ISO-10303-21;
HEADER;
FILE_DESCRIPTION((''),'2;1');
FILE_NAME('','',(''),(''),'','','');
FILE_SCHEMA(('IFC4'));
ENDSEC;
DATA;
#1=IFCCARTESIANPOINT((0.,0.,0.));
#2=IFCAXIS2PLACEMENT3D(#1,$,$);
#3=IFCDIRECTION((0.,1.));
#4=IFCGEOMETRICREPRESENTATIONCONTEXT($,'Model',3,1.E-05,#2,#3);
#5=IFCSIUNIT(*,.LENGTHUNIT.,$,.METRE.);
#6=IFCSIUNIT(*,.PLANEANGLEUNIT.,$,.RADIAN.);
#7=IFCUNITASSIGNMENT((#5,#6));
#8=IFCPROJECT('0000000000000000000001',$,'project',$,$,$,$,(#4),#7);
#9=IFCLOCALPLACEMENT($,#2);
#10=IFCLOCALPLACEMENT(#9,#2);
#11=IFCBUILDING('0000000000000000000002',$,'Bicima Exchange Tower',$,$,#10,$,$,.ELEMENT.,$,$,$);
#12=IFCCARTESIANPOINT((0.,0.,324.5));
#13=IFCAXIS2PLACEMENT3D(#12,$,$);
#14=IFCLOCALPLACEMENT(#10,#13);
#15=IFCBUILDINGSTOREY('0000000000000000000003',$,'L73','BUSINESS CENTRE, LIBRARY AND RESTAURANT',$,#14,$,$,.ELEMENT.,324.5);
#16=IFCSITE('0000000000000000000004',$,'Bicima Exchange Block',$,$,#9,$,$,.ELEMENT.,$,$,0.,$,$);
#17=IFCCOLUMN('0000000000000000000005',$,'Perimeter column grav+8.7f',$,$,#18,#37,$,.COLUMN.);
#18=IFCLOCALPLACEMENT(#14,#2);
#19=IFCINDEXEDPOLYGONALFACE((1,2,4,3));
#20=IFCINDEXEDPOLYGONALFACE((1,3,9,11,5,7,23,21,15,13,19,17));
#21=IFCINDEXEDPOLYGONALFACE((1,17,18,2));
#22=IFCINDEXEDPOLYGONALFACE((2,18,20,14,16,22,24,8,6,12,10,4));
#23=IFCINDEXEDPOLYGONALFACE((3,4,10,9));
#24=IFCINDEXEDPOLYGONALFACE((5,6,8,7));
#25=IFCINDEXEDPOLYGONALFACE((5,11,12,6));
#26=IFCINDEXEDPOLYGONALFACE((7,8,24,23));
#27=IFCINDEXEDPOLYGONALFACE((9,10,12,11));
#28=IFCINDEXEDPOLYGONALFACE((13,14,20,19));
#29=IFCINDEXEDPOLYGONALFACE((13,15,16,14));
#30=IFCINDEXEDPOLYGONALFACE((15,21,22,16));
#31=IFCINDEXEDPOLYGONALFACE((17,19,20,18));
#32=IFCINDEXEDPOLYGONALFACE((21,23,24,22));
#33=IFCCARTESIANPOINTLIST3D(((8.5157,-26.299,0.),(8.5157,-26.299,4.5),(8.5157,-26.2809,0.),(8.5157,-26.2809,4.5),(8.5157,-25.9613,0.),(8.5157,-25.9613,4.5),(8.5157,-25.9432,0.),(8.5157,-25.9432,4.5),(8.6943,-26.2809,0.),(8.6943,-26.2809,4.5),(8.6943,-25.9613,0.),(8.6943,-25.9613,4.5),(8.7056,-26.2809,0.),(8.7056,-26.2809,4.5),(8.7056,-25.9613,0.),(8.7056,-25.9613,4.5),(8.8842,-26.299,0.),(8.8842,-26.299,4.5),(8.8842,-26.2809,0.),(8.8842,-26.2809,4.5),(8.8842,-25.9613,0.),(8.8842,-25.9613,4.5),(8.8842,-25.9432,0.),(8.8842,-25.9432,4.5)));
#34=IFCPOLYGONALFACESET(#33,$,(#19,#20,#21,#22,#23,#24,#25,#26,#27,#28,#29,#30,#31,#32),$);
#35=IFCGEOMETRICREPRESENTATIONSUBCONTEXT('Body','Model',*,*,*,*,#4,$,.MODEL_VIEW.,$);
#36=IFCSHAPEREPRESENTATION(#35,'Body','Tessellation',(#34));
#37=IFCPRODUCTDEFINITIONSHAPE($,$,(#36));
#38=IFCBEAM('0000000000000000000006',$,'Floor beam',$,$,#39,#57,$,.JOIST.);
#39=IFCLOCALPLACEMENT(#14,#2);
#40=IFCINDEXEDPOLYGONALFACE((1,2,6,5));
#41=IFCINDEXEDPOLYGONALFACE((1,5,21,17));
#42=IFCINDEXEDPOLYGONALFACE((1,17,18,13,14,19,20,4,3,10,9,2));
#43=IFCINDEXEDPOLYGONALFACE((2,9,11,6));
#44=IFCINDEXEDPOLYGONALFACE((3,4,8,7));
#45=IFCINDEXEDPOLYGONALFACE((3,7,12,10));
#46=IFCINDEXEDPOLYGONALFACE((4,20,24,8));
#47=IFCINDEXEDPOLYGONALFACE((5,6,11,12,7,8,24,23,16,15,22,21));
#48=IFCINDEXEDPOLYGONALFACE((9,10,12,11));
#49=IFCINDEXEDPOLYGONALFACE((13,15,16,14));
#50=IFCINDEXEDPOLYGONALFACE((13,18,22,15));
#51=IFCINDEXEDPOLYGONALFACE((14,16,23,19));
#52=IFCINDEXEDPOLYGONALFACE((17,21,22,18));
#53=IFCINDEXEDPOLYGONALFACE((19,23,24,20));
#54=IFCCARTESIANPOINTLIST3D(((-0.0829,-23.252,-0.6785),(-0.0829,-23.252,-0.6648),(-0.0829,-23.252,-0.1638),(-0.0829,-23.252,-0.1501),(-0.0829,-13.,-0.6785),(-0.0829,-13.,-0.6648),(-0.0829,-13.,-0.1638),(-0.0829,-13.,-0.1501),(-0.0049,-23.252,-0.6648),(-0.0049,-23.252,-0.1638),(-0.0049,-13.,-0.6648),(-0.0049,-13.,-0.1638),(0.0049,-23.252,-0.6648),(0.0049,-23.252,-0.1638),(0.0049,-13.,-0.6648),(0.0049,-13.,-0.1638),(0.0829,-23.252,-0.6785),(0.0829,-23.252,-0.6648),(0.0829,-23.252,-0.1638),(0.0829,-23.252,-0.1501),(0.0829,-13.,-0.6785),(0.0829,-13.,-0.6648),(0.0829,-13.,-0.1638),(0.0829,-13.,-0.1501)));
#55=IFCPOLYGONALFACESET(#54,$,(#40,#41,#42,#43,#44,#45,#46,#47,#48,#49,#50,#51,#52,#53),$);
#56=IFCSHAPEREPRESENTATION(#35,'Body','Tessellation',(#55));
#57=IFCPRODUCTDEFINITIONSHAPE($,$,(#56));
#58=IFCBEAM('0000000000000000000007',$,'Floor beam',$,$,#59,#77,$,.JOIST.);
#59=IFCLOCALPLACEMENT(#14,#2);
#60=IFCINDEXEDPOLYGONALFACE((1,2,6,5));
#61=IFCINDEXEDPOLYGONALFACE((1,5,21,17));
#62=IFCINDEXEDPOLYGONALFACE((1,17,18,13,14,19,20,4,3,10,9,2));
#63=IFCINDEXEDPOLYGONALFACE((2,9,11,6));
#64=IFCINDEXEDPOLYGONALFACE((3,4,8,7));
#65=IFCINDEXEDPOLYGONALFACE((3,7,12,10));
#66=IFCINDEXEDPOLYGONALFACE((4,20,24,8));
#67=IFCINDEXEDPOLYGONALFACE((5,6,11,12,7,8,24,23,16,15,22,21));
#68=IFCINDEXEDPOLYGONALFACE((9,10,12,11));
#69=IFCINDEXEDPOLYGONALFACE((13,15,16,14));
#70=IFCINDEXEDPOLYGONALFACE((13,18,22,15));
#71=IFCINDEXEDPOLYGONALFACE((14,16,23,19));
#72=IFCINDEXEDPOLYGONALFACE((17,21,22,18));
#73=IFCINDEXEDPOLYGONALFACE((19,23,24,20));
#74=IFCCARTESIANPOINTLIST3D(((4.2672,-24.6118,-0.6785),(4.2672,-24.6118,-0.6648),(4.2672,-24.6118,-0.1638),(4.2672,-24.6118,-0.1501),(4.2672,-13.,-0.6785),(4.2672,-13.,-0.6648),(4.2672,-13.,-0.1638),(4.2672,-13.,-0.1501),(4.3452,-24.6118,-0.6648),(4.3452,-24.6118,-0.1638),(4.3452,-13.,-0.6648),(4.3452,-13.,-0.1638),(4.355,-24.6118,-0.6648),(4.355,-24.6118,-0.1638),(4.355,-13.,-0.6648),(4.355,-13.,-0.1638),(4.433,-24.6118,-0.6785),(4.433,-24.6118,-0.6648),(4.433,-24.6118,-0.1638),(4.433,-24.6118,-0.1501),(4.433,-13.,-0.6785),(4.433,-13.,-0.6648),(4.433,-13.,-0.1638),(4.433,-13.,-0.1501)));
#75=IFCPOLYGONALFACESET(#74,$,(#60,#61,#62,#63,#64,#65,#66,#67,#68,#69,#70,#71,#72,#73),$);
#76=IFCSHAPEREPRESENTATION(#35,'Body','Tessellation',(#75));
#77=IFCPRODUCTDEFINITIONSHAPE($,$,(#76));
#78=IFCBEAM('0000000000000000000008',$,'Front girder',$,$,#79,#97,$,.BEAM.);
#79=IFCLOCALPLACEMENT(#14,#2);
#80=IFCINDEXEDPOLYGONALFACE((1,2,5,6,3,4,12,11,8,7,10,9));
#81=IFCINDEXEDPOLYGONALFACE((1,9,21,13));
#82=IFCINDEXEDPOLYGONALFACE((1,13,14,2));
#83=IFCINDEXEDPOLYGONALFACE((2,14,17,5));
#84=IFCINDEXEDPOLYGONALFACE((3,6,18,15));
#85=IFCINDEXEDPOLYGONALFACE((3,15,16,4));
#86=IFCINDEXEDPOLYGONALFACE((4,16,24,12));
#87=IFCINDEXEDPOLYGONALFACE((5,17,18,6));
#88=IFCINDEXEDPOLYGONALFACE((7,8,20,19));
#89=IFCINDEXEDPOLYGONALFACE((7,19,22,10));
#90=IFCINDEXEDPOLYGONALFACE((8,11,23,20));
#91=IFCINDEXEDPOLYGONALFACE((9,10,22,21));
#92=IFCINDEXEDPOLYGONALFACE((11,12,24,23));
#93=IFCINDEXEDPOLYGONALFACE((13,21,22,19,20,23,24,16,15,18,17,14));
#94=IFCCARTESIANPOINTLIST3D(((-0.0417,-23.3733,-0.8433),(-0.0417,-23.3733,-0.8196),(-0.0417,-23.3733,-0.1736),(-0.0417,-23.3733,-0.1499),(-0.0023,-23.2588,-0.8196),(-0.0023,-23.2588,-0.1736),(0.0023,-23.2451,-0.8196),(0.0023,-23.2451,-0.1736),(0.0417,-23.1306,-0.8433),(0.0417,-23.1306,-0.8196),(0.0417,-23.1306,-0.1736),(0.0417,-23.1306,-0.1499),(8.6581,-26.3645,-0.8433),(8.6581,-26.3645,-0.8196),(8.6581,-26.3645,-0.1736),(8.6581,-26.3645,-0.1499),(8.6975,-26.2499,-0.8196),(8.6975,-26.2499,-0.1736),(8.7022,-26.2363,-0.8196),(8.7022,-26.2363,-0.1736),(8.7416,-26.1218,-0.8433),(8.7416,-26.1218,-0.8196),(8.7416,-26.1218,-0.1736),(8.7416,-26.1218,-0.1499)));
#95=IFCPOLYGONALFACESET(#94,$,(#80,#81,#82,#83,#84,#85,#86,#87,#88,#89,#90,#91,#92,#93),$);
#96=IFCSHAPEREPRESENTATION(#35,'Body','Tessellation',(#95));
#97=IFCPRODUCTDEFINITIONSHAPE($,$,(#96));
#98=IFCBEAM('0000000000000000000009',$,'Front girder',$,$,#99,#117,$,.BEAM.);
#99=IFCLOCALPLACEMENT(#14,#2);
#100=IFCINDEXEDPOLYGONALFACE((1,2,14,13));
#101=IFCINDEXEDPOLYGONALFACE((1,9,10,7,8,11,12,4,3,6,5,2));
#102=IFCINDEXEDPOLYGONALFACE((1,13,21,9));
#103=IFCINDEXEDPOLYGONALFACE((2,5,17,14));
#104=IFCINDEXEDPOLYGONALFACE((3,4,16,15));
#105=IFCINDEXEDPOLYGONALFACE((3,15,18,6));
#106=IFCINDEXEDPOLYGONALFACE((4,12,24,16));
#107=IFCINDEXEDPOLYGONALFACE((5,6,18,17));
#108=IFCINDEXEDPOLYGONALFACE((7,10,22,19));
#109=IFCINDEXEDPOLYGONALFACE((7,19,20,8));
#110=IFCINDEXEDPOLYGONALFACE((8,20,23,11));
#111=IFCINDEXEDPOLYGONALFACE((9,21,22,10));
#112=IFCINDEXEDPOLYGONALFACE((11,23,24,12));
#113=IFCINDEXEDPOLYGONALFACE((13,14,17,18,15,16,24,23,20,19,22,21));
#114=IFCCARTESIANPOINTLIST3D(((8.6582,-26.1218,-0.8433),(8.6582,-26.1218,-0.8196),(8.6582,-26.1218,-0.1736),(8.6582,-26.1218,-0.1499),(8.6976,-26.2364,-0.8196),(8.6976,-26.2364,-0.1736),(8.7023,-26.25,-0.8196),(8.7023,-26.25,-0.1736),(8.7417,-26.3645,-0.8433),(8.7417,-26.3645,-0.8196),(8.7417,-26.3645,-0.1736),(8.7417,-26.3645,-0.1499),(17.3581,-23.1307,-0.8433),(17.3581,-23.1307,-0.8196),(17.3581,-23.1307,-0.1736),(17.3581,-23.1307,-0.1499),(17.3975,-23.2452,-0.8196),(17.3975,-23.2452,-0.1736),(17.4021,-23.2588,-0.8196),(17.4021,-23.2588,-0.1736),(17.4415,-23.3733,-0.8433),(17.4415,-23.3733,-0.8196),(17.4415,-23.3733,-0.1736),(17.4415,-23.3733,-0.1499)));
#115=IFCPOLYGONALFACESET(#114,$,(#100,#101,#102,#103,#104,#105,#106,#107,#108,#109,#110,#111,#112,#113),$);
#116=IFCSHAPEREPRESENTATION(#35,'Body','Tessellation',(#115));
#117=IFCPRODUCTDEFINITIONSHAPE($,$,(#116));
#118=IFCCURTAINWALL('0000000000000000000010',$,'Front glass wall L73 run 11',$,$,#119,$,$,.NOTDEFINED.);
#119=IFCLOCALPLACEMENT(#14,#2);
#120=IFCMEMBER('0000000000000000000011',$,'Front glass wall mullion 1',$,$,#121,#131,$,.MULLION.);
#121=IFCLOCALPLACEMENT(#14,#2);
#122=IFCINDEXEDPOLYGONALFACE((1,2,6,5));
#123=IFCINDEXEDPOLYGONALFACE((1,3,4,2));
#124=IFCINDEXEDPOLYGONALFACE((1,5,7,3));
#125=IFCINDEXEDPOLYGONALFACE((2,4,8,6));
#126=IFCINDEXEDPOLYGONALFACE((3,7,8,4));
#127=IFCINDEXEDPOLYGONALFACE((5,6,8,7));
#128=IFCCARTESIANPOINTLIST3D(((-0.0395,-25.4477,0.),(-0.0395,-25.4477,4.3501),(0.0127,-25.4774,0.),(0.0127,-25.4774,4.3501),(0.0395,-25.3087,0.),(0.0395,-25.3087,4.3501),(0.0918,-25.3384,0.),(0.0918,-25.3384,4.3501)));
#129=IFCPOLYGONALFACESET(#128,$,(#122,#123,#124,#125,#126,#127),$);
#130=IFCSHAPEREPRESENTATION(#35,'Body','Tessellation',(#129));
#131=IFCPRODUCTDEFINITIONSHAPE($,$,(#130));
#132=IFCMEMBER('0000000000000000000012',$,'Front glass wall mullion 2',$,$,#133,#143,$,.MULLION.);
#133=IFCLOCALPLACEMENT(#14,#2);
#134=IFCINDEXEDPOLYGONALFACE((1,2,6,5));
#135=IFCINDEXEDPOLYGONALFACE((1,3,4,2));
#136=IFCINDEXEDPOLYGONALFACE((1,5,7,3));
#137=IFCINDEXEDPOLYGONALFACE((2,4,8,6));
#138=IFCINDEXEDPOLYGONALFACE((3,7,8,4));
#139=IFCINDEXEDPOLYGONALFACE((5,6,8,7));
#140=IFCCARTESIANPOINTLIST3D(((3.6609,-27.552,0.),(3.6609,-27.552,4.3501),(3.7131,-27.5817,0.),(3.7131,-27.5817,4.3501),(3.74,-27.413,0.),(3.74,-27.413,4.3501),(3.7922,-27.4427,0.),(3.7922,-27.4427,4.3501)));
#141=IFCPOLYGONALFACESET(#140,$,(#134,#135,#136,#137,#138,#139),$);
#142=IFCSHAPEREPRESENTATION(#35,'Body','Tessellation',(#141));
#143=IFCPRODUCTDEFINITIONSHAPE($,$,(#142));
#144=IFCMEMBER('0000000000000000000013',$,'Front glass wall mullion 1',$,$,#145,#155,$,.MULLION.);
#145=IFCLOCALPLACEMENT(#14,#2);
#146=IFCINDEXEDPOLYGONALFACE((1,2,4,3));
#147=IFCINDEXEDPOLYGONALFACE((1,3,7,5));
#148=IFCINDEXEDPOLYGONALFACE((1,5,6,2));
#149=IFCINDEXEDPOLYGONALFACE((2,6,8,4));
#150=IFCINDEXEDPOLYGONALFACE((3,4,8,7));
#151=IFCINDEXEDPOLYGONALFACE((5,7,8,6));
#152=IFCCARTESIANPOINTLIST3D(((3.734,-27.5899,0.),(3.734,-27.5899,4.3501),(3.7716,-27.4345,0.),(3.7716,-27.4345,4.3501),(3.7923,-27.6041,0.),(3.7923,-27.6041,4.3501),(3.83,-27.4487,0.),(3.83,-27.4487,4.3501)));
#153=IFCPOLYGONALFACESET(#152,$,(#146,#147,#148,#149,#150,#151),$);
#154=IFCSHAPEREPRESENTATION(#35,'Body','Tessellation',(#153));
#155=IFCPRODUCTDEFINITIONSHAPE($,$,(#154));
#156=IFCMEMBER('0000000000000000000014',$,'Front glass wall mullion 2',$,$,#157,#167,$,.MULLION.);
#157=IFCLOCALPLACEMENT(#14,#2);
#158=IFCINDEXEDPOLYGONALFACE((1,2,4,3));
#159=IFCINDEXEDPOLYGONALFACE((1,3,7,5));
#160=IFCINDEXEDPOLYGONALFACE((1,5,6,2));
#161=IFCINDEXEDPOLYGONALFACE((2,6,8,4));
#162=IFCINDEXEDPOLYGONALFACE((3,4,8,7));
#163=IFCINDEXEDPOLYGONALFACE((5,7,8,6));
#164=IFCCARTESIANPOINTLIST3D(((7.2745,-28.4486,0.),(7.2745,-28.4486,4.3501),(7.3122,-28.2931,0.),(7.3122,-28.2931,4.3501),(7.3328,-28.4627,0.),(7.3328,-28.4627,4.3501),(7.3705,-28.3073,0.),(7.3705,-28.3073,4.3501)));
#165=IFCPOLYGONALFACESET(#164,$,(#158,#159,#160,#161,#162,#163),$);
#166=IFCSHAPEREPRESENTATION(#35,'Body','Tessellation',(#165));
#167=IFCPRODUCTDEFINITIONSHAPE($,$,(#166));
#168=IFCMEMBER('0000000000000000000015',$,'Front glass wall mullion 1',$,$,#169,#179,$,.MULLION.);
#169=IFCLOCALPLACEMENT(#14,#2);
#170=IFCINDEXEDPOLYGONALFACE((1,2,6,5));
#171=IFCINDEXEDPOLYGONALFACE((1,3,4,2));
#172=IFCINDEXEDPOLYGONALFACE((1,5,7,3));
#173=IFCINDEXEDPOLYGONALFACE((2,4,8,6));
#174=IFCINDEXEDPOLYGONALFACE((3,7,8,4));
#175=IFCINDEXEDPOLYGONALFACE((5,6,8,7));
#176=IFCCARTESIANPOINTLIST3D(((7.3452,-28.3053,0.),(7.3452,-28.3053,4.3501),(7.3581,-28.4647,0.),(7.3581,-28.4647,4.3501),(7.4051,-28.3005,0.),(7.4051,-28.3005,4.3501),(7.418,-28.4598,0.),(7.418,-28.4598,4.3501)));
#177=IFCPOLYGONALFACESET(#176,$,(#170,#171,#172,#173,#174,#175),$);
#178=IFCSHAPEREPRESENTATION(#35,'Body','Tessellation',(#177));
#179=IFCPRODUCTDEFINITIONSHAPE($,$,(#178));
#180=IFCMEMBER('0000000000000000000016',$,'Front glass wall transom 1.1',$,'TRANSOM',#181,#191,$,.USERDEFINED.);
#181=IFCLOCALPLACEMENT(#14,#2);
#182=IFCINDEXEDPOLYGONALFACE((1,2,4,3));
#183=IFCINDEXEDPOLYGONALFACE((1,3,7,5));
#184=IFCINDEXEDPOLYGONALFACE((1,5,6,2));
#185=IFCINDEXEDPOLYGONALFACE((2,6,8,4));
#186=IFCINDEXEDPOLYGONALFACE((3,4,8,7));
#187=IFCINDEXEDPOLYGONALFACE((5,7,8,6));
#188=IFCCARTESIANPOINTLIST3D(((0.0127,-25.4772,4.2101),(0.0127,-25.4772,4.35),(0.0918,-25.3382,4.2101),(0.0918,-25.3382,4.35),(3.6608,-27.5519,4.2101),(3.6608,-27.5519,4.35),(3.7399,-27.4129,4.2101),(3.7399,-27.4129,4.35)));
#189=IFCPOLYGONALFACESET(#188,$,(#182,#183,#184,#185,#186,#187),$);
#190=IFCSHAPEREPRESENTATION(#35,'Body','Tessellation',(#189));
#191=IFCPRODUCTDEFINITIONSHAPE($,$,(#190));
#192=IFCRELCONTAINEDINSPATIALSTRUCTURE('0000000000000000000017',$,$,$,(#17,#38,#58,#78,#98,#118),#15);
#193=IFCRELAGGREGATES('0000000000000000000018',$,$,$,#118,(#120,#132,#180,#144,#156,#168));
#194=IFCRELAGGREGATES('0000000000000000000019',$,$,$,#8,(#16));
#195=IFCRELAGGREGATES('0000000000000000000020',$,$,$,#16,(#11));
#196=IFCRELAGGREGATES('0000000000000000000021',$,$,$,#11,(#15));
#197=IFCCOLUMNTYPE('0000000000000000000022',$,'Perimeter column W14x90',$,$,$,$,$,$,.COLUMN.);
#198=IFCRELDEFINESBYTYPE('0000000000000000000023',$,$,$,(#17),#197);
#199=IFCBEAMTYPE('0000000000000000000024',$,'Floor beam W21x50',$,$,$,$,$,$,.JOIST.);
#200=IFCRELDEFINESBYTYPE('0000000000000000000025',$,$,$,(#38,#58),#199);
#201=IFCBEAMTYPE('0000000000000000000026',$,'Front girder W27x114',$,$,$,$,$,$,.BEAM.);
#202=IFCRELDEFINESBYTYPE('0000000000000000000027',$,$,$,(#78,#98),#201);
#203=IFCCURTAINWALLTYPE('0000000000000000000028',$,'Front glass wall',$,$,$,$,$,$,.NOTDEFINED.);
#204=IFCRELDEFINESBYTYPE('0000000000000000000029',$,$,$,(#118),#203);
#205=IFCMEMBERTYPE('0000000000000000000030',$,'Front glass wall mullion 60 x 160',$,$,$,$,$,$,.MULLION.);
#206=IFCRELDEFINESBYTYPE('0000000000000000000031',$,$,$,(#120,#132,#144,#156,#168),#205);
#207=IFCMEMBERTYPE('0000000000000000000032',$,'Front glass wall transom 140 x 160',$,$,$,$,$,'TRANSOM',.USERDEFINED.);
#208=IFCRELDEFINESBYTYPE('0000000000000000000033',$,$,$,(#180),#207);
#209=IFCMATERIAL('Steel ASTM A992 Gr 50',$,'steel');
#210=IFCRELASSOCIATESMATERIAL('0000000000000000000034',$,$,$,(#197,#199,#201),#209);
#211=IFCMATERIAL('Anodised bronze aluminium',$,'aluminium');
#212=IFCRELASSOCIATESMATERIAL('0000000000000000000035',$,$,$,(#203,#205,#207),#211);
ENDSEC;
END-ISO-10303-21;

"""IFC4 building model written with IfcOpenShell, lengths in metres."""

from ifc_helpers import new_model, si_unit, direction, frame, origin, origin_2d, place, context, subcontext, project, spatial, rectangle, i_section, extrude, material, material_profile, profile_set, type_object, element, aggregate, save


model = new_model("IFC4")

# Units and contexts
model_context = context("Model", 3, precision=1e-05, world=origin(), true_north=direction((0.0, 1.0)))
body_context = subcontext(model_context, "Body", "Model", "MODEL_VIEW")
ifc_project = project(units=[si_unit("LENGTHUNIT", "METRE"), si_unit("PLANEANGLEUNIT", "RADIAN")], contexts=[model_context])

# Site, building, storey
site_placement = place(None, origin())
site = spatial("IfcSite", under=ifc_project, at=site_placement, Name="Bicima Exchange Block", CompositionType="ELEMENT", RefElevation=0.0)
building_placement = place(site_placement, origin())
building = spatial("IfcBuilding", under=site, at=building_placement, Name="Bicima Exchange Tower", CompositionType="ELEMENT")
storey_placement = place(building_placement, frame((0.0, 0.0, 324.5)))
storey = spatial("IfcBuildingStorey", under=building, at=storey_placement, Name="L73", Description="BUSINESS CENTRE, LIBRARY AND RESTAURANT", CompositionType="ELEMENT", Elevation=324.5)

# Column
ifc_material_1 = material(Name="Steel ASTM A992 Gr 50", Category="steel")
ifc_material_profile_1 = material_profile(ifc_material_1, i_section(OverallWidth=0.3684, OverallDepth=0.3557, WebThickness=0.0112, FlangeThickness=0.0181, at=origin_2d()))
ifc_profile_set_1 = profile_set([ifc_material_profile_1], Name="Steel ASTM A992 Gr 50")
column_type = type_object("IfcColumnType", Name="Perimeter column W14x90", PredefinedType="COLUMN", material=ifc_profile_set_1)
column_placement = place(storey_placement, frame((8.7, -26.1211, 0.0), z_axis=(0.0, 0.0, 1.0), x_axis=(1.0, 0.0, 0.0)))
element("IfcColumn", 1, at=column_placement, inside=storey, type_object=column_type, Name="Perimeter column grav+8.7f", PredefinedType="COLUMN", context=body_context, shape_type="SweptSolid", body=[
    extrude(i_section(OverallWidth=0.3684, OverallDepth=0.3557, WebThickness=0.0112, FlangeThickness=0.0181, at=origin_2d()), origin(), (0.0, 0.0, 1.0), 4.5),
])

# Beams
ifc_material_profile_2 = material_profile(ifc_material_1, i_section(OverallWidth=0.1658, OverallDepth=0.5283, WebThickness=0.0098, FlangeThickness=0.0137, at=origin_2d()))
ifc_profile_set_2 = profile_set([ifc_material_profile_2], Name="Steel ASTM A992 Gr 50")
beam_type_1 = type_object("IfcBeamType", Name="Floor beam W21x50", PredefinedType="JOIST", material=ifc_profile_set_2)
beam_1_placement = place(storey_placement, frame((0.0, -13.0, -0.4143), z_axis=(0.0, -1.0, 0.0), x_axis=(1.0, 0.0, 0.0)))
element("IfcBeam", 2, at=beam_1_placement, inside=storey, type_object=beam_type_1, Name="Floor beam", PredefinedType="JOIST", context=body_context, shape_type="SweptSolid", body=[
    extrude(i_section(OverallWidth=0.1658, OverallDepth=0.5283, WebThickness=0.0098, FlangeThickness=0.0137, at=origin_2d()), origin(), (0.0, 0.0, 1.0), 10.252),
])
beam_2_placement = place(storey_placement, frame((4.3501, -13.0, -0.4143), z_axis=(0.0, -1.0, 0.0), x_axis=(1.0, 0.0, 0.0)))
element("IfcBeam", 3, at=beam_2_placement, inside=storey, type_object=beam_type_1, Name="Floor beam", PredefinedType="JOIST", context=body_context, shape_type="SweptSolid", body=[
    extrude(i_section(OverallWidth=0.1658, OverallDepth=0.5283, WebThickness=0.0098, FlangeThickness=0.0137, at=origin_2d()), origin(), (0.0, 0.0, 1.0), 11.6118),
])
ifc_material_profile_3 = material_profile(ifc_material_1, i_section(OverallWidth=0.2566, OverallDepth=0.6934, WebThickness=0.0144, FlangeThickness=0.0237, at=origin_2d()))
ifc_profile_set_3 = profile_set([ifc_material_profile_3], Name="Steel ASTM A992 Gr 50")
beam_type_2 = type_object("IfcBeamType", Name="Front girder W27x114", PredefinedType="BEAM", material=ifc_profile_set_3)
for number, where, z_axis, x_axis, name in (
    (4, (0.0, -23.252, -0.4966), (0.945666, -0.325138, 0.0), (0.325138, 0.945666, 0.0), "Front girder"),
    (5, (8.7, -26.2432, -0.4966), (0.945666, 0.325138, 0.0), (-0.325138, 0.945666, 0.0), "Front girder"),
):
    element("IfcBeam", number, at=place(storey_placement, frame(where, z_axis=z_axis, x_axis=x_axis)), inside=storey, type_object=beam_type_2, Name=name, PredefinedType="BEAM", context=body_context, shape_type="SweptSolid", body=[
        extrude(i_section(OverallWidth=0.2566, OverallDepth=0.6934, WebThickness=0.0144, FlangeThickness=0.0237, at=origin_2d()), origin(), (0.0, 0.0, 1.0), 9.1997),
    ])

# Curtain wall, members
ifc_material_2 = material(Name="Anodised bronze aluminium", Category="aluminium")
curtain_wall_type = type_object("IfcCurtainWallType", Name="Front glass wall", PredefinedType="NOTDEFINED", material=ifc_material_2)
curtain_wall_placement = place(storey_placement, origin())
curtain_wall = element("IfcCurtainWall", 6, at=curtain_wall_placement, inside=storey, type_object=curtain_wall_type, Name="Front glass wall L73 run 11", PredefinedType="NOTDEFINED")
ifc_material_profile_4 = material_profile(ifc_material_2, rectangle(XDim=0.1599, YDim=0.0601, at=origin_2d()))
ifc_profile_set_4 = profile_set([ifc_material_profile_4], Name="Anodised bronze aluminium")
member_type_1 = type_object("IfcMemberType", Name="Front glass wall mullion 60 x 160", PredefinedType="MULLION", material=ifc_profile_set_4)
member_1_placement = place(storey_placement, frame((0.0261, -25.3931, 0.0), z_axis=(0.0, 0.0, 1.0), x_axis=(0.49433, 0.869274, 0.0)))
member_1 = element("IfcMember", 7, at=member_1_placement, type_object=member_type_1, Name="Front glass wall mullion 1", PredefinedType="MULLION", context=body_context, shape_type="SweptSolid", body=[
    extrude(rectangle(XDim=0.1599, YDim=0.0601, at=origin_2d()), origin(), (0.0, 0.0, 1.0), 4.3501),
])
member_2_placement = place(storey_placement, frame((3.7266, -27.4973, 0.0), z_axis=(0.0, 0.0, 1.0), x_axis=(0.49433, 0.869274, 0.0)))
member_2 = element("IfcMember", 8, at=member_2_placement, type_object=member_type_1, Name="Front glass wall mullion 2", PredefinedType="MULLION", context=body_context, shape_type="SweptSolid", body=[
    extrude(rectangle(XDim=0.1599, YDim=0.0601, at=origin_2d()), origin(), (0.0, 0.0, 1.0), 4.3501),
])
member_3_placement = place(storey_placement, frame((3.782, -27.5193, 0.0), z_axis=(0.0, 0.0, 1.0), x_axis=(0.235682, 0.97183, 0.0)))
member_3 = element("IfcMember", 9, at=member_3_placement, type_object=member_type_1, Name="Front glass wall mullion 1", PredefinedType="MULLION", context=body_context, shape_type="SweptSolid", body=[
    extrude(rectangle(XDim=0.1599, YDim=0.0601, at=origin_2d()), origin(), (0.0, 0.0, 1.0), 4.3501),
])
member_4_placement = place(storey_placement, frame((7.3225, -28.3779, 0.0), z_axis=(0.0, 0.0, 1.0), x_axis=(0.235682, 0.97183, 0.0)))
member_4 = element("IfcMember", 10, at=member_4_placement, type_object=member_type_1, Name="Front glass wall mullion 2", PredefinedType="MULLION", context=body_context, shape_type="SweptSolid", body=[
    extrude(rectangle(XDim=0.1599, YDim=0.0601, at=origin_2d()), origin(), (0.0, 0.0, 1.0), 4.3501),
])
member_5_placement = place(storey_placement, frame((7.3816, -28.3826, 0.0), z_axis=(0.0, 0.0, 1.0), x_axis=(-0.080589, 0.996747, 0.0)))
member_5 = element("IfcMember", 11, at=member_5_placement, type_object=member_type_1, Name="Front glass wall mullion 1", PredefinedType="MULLION", context=body_context, shape_type="SweptSolid", body=[
    extrude(rectangle(XDim=0.1599, YDim=0.0601, at=origin_2d()), origin(), (0.0, 0.0, 1.0), 4.3501),
])
ifc_material_profile_5 = material_profile(ifc_material_2, rectangle(XDim=0.1599, YDim=0.1399, at=origin_2d()))
ifc_profile_set_5 = profile_set([ifc_material_profile_5], Name="Anodised bronze aluminium")
member_type_2 = type_object("IfcMemberType", Name="Front glass wall transom 140 x 160", ElementType="TRANSOM", PredefinedType="USERDEFINED", material=ifc_profile_set_5)
member_6_placement = place(storey_placement, frame((0.0522, -25.4077, 4.28), z_axis=(0.869265, -0.494346, 0.0), x_axis=(0.494346, 0.869265, 0.0)))
member_6 = element("IfcMember", 12, at=member_6_placement, type_object=member_type_2, Name="Front glass wall transom 1.1", ObjectType="TRANSOM", PredefinedType="USERDEFINED", context=body_context, shape_type="SweptSolid", body=[
    extrude(rectangle(XDim=0.1599, YDim=0.1399, at=origin_2d()), origin(), (0.0, 0.0, 1.0), 4.1968),
])

aggregate(curtain_wall, [member_1, member_2, member_6, member_3, member_4, member_5])

save(model, "model.ifc")
